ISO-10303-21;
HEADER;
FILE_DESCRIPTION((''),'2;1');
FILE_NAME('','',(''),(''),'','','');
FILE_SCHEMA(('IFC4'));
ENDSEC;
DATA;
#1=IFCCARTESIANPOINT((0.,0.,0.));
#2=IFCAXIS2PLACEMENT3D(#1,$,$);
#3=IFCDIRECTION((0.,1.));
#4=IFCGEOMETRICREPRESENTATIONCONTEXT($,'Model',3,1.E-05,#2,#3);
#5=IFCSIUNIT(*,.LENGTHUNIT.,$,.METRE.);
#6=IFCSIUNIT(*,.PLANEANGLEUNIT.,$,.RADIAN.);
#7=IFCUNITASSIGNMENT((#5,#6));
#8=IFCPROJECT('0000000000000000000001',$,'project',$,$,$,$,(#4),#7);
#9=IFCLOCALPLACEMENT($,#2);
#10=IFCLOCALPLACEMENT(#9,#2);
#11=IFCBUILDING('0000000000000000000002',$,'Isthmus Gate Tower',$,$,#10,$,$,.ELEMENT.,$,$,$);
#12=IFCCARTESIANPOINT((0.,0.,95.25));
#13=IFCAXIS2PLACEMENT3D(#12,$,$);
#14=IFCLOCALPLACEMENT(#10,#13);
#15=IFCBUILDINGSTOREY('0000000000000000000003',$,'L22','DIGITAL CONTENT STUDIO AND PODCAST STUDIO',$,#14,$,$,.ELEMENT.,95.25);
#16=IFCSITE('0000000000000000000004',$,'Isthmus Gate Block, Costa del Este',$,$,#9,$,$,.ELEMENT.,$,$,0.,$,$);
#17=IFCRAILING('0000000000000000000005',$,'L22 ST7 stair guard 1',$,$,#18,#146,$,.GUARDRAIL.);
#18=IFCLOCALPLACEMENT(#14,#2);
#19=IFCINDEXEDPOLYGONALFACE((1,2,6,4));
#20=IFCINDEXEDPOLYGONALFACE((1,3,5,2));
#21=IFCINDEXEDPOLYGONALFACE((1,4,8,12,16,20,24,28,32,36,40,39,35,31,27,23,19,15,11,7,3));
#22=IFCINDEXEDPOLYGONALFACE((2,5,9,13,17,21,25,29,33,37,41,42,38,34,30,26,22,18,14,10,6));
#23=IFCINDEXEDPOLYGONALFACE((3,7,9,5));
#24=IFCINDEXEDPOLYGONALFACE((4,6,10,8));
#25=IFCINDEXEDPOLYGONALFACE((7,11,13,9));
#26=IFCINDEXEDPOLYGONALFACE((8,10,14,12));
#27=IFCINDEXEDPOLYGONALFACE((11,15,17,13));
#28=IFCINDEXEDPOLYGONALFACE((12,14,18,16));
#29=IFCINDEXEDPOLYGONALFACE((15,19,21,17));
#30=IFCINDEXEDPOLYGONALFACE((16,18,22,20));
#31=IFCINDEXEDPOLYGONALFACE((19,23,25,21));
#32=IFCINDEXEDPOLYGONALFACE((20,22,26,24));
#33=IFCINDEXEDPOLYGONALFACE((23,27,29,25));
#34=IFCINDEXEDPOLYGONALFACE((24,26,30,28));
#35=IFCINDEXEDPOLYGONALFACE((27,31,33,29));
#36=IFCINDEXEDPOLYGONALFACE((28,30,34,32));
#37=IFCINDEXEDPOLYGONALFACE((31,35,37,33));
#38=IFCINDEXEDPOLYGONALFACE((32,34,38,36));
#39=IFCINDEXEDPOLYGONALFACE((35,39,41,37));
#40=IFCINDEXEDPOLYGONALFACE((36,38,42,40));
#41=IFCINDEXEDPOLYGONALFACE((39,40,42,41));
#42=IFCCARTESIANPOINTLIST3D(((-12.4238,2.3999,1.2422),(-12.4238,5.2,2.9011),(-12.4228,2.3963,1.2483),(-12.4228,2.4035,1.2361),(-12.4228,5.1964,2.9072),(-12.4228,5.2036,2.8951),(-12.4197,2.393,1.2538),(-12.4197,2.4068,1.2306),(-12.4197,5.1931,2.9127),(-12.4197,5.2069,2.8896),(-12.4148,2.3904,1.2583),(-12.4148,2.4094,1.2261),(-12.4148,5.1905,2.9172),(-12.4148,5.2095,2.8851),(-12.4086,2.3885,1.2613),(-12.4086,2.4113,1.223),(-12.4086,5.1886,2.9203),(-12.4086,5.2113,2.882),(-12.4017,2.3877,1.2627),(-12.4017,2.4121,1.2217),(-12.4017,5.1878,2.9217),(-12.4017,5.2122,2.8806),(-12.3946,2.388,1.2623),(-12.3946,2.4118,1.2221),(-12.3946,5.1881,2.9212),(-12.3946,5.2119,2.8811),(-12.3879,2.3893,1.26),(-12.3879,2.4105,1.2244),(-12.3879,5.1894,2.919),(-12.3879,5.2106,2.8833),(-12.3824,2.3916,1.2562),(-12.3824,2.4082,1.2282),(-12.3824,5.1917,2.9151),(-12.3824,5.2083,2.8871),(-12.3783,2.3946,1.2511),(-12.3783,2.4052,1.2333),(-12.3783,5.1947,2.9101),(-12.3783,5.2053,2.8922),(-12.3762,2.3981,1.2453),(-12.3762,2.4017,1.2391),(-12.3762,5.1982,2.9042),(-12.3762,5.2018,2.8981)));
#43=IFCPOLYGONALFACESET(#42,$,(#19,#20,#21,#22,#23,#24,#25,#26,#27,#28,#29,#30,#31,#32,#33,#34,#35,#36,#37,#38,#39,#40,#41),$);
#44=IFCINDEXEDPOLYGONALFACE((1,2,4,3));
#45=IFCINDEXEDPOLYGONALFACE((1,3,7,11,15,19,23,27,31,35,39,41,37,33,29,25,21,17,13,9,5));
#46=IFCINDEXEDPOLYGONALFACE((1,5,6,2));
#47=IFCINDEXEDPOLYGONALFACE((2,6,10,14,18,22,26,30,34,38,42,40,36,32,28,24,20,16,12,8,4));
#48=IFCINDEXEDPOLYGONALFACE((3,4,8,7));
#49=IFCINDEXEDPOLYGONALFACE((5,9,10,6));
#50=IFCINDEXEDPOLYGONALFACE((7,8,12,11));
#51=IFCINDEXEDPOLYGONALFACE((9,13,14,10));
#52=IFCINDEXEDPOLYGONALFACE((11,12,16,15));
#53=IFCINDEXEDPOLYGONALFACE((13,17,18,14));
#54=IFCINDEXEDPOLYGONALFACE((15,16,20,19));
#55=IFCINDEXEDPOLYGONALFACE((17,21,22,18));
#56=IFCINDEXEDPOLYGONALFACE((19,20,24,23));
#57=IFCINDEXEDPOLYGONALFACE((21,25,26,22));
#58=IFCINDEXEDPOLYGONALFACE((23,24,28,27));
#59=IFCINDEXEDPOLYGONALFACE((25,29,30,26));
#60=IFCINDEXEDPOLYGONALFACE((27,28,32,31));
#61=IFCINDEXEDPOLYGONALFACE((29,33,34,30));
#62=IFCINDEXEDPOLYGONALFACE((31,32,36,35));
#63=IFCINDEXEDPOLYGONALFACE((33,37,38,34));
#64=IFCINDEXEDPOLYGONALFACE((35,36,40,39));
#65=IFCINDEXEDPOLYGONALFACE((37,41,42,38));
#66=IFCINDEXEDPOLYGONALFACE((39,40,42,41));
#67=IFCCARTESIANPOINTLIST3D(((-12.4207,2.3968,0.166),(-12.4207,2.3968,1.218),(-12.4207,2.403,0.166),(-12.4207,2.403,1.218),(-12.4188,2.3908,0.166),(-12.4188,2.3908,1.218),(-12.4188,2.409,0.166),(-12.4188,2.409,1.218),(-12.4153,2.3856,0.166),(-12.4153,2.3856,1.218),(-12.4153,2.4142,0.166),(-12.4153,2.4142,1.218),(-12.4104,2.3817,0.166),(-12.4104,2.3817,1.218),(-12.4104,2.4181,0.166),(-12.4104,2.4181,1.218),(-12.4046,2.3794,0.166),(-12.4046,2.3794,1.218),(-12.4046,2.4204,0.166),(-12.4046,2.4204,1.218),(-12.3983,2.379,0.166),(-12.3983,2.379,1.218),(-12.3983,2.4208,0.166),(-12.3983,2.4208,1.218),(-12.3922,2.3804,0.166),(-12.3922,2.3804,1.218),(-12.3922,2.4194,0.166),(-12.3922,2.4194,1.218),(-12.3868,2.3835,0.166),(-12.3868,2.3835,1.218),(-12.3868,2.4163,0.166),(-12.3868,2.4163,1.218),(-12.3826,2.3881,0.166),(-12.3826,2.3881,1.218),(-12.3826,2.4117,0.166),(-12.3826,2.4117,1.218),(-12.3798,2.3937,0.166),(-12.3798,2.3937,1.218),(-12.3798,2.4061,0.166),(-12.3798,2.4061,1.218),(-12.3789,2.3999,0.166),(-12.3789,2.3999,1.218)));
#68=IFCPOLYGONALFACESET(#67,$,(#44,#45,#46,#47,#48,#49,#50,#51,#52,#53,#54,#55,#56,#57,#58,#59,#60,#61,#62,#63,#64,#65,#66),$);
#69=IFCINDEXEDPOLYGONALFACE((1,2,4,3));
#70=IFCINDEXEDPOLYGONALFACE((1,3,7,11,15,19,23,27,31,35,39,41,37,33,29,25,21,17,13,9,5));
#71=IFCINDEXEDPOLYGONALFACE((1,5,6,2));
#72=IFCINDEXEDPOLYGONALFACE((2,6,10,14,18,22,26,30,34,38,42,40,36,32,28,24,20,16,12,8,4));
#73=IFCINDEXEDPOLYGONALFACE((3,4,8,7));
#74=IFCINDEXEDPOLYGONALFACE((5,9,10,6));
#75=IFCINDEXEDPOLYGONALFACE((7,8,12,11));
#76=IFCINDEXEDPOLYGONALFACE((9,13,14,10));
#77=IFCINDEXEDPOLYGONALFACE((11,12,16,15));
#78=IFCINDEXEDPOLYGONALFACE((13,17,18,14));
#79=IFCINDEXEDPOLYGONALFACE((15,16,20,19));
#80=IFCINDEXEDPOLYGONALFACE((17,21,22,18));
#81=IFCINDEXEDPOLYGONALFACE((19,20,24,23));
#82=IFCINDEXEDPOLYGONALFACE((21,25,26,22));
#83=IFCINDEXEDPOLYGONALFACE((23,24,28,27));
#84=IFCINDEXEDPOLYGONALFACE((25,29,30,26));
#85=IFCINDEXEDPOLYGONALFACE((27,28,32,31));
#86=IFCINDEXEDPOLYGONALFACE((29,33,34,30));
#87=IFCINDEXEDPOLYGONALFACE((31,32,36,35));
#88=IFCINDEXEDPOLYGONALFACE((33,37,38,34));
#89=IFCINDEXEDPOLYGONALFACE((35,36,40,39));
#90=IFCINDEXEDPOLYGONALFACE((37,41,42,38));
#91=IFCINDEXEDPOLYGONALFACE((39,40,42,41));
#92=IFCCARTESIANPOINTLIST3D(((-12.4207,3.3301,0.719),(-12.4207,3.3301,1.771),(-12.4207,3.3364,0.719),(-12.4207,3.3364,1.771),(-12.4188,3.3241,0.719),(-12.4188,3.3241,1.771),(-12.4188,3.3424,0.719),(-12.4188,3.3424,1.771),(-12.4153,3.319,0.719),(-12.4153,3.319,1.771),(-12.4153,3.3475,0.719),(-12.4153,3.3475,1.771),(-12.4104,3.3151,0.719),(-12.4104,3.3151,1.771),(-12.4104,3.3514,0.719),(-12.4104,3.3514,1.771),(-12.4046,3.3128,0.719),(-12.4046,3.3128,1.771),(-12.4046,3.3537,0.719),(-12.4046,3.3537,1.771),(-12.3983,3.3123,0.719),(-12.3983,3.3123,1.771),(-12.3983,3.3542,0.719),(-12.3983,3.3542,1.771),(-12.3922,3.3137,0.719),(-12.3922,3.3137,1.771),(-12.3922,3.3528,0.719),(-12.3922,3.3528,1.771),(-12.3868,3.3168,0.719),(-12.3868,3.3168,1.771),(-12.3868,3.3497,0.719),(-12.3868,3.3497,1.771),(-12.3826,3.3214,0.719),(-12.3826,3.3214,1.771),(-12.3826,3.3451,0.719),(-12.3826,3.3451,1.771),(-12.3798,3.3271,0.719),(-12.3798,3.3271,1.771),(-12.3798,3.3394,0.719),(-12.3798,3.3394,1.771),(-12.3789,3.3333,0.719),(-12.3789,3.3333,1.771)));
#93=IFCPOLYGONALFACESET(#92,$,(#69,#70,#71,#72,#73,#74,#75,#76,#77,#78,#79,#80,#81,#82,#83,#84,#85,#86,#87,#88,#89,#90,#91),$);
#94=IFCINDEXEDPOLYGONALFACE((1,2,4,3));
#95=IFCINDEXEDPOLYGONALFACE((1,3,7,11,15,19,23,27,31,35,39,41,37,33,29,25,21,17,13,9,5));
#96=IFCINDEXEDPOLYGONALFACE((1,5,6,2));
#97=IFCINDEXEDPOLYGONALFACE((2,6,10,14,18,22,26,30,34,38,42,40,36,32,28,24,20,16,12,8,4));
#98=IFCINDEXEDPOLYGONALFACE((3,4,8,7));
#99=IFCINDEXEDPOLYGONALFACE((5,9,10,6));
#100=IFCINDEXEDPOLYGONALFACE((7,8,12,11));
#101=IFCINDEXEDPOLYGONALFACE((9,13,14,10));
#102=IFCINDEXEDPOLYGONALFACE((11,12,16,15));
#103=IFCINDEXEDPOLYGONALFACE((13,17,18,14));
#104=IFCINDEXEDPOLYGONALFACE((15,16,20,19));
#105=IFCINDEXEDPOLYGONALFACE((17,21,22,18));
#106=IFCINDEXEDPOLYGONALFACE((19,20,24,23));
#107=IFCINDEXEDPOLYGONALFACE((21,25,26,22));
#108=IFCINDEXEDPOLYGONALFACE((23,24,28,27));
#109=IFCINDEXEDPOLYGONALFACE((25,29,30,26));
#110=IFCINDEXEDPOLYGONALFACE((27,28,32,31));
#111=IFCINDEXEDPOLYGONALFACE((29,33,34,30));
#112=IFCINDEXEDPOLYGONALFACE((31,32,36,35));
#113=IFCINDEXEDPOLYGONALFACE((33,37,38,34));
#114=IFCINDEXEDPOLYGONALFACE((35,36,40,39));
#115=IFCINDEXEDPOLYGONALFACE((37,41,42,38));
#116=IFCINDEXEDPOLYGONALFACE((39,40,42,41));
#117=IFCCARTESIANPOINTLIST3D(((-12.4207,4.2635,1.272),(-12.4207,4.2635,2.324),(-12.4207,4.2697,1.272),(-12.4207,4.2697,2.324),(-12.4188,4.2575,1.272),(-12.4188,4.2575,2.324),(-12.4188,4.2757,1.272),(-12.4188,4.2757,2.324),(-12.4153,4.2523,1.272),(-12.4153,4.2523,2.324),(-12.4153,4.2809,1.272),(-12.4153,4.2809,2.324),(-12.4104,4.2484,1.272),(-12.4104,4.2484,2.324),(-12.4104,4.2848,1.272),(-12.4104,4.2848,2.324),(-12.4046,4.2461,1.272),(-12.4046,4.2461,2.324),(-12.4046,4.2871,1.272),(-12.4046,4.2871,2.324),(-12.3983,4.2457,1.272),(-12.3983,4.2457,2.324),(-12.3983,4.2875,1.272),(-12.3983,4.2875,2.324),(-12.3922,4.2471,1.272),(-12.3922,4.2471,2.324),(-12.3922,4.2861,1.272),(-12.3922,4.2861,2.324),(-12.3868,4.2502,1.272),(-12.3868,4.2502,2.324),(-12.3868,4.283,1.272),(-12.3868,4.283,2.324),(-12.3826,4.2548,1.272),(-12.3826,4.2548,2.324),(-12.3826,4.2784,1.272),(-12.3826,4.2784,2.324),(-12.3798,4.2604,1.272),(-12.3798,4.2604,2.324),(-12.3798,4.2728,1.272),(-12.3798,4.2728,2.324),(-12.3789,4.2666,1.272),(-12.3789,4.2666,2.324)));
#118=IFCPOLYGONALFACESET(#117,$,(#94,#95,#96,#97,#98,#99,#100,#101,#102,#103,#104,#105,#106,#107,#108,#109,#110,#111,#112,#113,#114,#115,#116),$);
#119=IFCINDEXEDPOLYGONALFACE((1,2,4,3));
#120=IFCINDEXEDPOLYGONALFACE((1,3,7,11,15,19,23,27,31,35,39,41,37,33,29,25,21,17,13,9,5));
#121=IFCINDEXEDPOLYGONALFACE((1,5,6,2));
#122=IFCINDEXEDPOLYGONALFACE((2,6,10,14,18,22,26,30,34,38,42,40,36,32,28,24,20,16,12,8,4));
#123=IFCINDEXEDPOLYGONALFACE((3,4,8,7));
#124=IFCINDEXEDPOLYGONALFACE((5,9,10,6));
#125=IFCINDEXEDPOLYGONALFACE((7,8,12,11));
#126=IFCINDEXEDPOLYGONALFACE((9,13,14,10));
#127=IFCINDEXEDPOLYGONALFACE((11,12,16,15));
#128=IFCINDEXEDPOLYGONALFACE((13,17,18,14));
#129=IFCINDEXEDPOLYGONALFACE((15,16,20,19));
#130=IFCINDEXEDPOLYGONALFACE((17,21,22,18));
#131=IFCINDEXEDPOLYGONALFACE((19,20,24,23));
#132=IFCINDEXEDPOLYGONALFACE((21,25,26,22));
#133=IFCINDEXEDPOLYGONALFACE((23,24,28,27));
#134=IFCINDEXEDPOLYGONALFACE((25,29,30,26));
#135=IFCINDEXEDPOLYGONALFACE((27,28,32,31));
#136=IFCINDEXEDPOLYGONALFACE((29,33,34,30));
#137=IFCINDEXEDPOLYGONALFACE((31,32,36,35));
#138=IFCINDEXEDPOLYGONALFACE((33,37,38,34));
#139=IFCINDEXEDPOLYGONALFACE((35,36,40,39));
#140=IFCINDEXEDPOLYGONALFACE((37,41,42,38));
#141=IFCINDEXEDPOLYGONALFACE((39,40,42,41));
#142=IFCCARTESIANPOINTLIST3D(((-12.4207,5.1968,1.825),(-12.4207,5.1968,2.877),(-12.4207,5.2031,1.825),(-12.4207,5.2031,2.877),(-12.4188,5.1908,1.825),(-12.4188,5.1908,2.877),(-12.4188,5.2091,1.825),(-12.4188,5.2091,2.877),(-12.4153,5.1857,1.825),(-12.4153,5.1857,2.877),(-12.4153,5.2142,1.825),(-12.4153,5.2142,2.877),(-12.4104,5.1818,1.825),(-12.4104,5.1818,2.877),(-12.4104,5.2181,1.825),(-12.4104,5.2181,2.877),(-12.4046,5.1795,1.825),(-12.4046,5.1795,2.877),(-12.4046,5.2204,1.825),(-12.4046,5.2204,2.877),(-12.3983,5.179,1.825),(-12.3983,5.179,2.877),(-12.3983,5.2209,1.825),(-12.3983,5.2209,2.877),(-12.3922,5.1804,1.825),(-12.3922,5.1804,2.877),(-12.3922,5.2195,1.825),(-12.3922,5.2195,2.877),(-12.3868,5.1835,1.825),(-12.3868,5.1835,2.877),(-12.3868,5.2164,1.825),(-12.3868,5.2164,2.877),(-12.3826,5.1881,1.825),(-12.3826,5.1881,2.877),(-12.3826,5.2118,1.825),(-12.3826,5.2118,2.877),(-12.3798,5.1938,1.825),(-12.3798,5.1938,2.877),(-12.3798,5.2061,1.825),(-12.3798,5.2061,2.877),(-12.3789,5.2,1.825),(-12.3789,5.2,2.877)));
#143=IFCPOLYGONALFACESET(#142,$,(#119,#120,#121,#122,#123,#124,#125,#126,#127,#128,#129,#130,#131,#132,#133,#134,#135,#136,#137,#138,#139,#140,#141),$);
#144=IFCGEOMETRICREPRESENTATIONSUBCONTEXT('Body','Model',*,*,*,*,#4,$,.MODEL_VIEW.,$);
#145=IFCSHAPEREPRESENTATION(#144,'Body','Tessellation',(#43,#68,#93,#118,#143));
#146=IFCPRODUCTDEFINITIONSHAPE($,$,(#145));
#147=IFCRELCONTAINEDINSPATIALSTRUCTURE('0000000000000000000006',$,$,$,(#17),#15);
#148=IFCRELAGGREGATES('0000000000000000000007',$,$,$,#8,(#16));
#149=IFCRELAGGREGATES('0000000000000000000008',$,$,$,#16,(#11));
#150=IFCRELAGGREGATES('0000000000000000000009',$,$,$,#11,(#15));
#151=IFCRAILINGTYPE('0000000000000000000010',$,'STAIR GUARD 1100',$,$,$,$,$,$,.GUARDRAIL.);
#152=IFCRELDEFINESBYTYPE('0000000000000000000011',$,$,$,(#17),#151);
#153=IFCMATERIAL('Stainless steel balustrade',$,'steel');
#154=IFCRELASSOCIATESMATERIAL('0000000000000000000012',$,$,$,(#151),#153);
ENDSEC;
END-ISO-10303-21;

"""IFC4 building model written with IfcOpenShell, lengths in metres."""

from ifc_helpers import new_model, si_unit, direction, frame, origin, origin_2d, place, context, subcontext, project, spatial, circle, extrude, material, type_object, element, save


model = new_model("IFC4")

# Units and contexts
model_context = context("Model", 3, precision=1e-05, world=origin(), true_north=direction((0.0, 1.0)))
body_context = subcontext(model_context, "Body", "Model", "MODEL_VIEW")
ifc_project = project(units=[si_unit("LENGTHUNIT", "METRE"), si_unit("PLANEANGLEUNIT", "RADIAN")], contexts=[model_context])

# Site, building, storey
site_placement = place(None, origin())
site = spatial("IfcSite", under=ifc_project, at=site_placement, Name="Isthmus Gate Block, Costa del Este", CompositionType="ELEMENT", RefElevation=0.0)
building_placement = place(site_placement, origin())
building = spatial("IfcBuilding", under=site, at=building_placement, Name="Isthmus Gate Tower", CompositionType="ELEMENT")
storey_placement = place(building_placement, frame((0.0, 0.0, 95.25)))
storey = spatial("IfcBuildingStorey", under=building, at=storey_placement, Name="L22", Description="DIGITAL CONTENT STUDIO AND PODCAST STUDIO", CompositionType="ELEMENT", Elevation=95.25)

# Railing
ifc_material_1 = material(Name="Stainless steel balustrade", Category="steel")
railing_type_1 = type_object("IfcRailingType", Name="STAIR GUARD 1100", PredefinedType="GUARDRAIL", material=ifc_material_1)
railing_1_placement = place(storey_placement, frame((-12.3999, 2.3999, 0.166)))
element("IfcRailing", 1, at=railing_1_placement, inside=storey, type_object=railing_type_1, Name="L22 ST7 stair guard 1", PredefinedType="GUARDRAIL", context=body_context, shape_type="SweptSolid", body=[
    extrude(circle(Radius=0.0239, at=origin_2d()), frame((0.0, 0.0, 1.0762), z_axis=(0.0, 0.860339, 0.509722), x_axis=(-1.0, 0.0, 0.0)), (0.0, 0.0, 1.0), 3.2546),
    extrude(circle(Radius=0.021, at=origin_2d()), origin(), (0.0, 0.0, 1.0), 1.052),
    extrude(circle(Radius=0.021, at=origin_2d()), frame((0.0, 0.9333, 0.553)), (0.0, 0.0, 1.0), 1.052),
    extrude(circle(Radius=0.021, at=origin_2d()), frame((0.0, 1.8667, 1.106)), (0.0, 0.0, 1.0), 1.052),
    extrude(circle(Radius=0.021, at=origin_2d()), frame((0.0, 2.8, 1.6589)), (0.0, 0.0, 1.0), 1.052),
])

save(model, "model.ifc")
